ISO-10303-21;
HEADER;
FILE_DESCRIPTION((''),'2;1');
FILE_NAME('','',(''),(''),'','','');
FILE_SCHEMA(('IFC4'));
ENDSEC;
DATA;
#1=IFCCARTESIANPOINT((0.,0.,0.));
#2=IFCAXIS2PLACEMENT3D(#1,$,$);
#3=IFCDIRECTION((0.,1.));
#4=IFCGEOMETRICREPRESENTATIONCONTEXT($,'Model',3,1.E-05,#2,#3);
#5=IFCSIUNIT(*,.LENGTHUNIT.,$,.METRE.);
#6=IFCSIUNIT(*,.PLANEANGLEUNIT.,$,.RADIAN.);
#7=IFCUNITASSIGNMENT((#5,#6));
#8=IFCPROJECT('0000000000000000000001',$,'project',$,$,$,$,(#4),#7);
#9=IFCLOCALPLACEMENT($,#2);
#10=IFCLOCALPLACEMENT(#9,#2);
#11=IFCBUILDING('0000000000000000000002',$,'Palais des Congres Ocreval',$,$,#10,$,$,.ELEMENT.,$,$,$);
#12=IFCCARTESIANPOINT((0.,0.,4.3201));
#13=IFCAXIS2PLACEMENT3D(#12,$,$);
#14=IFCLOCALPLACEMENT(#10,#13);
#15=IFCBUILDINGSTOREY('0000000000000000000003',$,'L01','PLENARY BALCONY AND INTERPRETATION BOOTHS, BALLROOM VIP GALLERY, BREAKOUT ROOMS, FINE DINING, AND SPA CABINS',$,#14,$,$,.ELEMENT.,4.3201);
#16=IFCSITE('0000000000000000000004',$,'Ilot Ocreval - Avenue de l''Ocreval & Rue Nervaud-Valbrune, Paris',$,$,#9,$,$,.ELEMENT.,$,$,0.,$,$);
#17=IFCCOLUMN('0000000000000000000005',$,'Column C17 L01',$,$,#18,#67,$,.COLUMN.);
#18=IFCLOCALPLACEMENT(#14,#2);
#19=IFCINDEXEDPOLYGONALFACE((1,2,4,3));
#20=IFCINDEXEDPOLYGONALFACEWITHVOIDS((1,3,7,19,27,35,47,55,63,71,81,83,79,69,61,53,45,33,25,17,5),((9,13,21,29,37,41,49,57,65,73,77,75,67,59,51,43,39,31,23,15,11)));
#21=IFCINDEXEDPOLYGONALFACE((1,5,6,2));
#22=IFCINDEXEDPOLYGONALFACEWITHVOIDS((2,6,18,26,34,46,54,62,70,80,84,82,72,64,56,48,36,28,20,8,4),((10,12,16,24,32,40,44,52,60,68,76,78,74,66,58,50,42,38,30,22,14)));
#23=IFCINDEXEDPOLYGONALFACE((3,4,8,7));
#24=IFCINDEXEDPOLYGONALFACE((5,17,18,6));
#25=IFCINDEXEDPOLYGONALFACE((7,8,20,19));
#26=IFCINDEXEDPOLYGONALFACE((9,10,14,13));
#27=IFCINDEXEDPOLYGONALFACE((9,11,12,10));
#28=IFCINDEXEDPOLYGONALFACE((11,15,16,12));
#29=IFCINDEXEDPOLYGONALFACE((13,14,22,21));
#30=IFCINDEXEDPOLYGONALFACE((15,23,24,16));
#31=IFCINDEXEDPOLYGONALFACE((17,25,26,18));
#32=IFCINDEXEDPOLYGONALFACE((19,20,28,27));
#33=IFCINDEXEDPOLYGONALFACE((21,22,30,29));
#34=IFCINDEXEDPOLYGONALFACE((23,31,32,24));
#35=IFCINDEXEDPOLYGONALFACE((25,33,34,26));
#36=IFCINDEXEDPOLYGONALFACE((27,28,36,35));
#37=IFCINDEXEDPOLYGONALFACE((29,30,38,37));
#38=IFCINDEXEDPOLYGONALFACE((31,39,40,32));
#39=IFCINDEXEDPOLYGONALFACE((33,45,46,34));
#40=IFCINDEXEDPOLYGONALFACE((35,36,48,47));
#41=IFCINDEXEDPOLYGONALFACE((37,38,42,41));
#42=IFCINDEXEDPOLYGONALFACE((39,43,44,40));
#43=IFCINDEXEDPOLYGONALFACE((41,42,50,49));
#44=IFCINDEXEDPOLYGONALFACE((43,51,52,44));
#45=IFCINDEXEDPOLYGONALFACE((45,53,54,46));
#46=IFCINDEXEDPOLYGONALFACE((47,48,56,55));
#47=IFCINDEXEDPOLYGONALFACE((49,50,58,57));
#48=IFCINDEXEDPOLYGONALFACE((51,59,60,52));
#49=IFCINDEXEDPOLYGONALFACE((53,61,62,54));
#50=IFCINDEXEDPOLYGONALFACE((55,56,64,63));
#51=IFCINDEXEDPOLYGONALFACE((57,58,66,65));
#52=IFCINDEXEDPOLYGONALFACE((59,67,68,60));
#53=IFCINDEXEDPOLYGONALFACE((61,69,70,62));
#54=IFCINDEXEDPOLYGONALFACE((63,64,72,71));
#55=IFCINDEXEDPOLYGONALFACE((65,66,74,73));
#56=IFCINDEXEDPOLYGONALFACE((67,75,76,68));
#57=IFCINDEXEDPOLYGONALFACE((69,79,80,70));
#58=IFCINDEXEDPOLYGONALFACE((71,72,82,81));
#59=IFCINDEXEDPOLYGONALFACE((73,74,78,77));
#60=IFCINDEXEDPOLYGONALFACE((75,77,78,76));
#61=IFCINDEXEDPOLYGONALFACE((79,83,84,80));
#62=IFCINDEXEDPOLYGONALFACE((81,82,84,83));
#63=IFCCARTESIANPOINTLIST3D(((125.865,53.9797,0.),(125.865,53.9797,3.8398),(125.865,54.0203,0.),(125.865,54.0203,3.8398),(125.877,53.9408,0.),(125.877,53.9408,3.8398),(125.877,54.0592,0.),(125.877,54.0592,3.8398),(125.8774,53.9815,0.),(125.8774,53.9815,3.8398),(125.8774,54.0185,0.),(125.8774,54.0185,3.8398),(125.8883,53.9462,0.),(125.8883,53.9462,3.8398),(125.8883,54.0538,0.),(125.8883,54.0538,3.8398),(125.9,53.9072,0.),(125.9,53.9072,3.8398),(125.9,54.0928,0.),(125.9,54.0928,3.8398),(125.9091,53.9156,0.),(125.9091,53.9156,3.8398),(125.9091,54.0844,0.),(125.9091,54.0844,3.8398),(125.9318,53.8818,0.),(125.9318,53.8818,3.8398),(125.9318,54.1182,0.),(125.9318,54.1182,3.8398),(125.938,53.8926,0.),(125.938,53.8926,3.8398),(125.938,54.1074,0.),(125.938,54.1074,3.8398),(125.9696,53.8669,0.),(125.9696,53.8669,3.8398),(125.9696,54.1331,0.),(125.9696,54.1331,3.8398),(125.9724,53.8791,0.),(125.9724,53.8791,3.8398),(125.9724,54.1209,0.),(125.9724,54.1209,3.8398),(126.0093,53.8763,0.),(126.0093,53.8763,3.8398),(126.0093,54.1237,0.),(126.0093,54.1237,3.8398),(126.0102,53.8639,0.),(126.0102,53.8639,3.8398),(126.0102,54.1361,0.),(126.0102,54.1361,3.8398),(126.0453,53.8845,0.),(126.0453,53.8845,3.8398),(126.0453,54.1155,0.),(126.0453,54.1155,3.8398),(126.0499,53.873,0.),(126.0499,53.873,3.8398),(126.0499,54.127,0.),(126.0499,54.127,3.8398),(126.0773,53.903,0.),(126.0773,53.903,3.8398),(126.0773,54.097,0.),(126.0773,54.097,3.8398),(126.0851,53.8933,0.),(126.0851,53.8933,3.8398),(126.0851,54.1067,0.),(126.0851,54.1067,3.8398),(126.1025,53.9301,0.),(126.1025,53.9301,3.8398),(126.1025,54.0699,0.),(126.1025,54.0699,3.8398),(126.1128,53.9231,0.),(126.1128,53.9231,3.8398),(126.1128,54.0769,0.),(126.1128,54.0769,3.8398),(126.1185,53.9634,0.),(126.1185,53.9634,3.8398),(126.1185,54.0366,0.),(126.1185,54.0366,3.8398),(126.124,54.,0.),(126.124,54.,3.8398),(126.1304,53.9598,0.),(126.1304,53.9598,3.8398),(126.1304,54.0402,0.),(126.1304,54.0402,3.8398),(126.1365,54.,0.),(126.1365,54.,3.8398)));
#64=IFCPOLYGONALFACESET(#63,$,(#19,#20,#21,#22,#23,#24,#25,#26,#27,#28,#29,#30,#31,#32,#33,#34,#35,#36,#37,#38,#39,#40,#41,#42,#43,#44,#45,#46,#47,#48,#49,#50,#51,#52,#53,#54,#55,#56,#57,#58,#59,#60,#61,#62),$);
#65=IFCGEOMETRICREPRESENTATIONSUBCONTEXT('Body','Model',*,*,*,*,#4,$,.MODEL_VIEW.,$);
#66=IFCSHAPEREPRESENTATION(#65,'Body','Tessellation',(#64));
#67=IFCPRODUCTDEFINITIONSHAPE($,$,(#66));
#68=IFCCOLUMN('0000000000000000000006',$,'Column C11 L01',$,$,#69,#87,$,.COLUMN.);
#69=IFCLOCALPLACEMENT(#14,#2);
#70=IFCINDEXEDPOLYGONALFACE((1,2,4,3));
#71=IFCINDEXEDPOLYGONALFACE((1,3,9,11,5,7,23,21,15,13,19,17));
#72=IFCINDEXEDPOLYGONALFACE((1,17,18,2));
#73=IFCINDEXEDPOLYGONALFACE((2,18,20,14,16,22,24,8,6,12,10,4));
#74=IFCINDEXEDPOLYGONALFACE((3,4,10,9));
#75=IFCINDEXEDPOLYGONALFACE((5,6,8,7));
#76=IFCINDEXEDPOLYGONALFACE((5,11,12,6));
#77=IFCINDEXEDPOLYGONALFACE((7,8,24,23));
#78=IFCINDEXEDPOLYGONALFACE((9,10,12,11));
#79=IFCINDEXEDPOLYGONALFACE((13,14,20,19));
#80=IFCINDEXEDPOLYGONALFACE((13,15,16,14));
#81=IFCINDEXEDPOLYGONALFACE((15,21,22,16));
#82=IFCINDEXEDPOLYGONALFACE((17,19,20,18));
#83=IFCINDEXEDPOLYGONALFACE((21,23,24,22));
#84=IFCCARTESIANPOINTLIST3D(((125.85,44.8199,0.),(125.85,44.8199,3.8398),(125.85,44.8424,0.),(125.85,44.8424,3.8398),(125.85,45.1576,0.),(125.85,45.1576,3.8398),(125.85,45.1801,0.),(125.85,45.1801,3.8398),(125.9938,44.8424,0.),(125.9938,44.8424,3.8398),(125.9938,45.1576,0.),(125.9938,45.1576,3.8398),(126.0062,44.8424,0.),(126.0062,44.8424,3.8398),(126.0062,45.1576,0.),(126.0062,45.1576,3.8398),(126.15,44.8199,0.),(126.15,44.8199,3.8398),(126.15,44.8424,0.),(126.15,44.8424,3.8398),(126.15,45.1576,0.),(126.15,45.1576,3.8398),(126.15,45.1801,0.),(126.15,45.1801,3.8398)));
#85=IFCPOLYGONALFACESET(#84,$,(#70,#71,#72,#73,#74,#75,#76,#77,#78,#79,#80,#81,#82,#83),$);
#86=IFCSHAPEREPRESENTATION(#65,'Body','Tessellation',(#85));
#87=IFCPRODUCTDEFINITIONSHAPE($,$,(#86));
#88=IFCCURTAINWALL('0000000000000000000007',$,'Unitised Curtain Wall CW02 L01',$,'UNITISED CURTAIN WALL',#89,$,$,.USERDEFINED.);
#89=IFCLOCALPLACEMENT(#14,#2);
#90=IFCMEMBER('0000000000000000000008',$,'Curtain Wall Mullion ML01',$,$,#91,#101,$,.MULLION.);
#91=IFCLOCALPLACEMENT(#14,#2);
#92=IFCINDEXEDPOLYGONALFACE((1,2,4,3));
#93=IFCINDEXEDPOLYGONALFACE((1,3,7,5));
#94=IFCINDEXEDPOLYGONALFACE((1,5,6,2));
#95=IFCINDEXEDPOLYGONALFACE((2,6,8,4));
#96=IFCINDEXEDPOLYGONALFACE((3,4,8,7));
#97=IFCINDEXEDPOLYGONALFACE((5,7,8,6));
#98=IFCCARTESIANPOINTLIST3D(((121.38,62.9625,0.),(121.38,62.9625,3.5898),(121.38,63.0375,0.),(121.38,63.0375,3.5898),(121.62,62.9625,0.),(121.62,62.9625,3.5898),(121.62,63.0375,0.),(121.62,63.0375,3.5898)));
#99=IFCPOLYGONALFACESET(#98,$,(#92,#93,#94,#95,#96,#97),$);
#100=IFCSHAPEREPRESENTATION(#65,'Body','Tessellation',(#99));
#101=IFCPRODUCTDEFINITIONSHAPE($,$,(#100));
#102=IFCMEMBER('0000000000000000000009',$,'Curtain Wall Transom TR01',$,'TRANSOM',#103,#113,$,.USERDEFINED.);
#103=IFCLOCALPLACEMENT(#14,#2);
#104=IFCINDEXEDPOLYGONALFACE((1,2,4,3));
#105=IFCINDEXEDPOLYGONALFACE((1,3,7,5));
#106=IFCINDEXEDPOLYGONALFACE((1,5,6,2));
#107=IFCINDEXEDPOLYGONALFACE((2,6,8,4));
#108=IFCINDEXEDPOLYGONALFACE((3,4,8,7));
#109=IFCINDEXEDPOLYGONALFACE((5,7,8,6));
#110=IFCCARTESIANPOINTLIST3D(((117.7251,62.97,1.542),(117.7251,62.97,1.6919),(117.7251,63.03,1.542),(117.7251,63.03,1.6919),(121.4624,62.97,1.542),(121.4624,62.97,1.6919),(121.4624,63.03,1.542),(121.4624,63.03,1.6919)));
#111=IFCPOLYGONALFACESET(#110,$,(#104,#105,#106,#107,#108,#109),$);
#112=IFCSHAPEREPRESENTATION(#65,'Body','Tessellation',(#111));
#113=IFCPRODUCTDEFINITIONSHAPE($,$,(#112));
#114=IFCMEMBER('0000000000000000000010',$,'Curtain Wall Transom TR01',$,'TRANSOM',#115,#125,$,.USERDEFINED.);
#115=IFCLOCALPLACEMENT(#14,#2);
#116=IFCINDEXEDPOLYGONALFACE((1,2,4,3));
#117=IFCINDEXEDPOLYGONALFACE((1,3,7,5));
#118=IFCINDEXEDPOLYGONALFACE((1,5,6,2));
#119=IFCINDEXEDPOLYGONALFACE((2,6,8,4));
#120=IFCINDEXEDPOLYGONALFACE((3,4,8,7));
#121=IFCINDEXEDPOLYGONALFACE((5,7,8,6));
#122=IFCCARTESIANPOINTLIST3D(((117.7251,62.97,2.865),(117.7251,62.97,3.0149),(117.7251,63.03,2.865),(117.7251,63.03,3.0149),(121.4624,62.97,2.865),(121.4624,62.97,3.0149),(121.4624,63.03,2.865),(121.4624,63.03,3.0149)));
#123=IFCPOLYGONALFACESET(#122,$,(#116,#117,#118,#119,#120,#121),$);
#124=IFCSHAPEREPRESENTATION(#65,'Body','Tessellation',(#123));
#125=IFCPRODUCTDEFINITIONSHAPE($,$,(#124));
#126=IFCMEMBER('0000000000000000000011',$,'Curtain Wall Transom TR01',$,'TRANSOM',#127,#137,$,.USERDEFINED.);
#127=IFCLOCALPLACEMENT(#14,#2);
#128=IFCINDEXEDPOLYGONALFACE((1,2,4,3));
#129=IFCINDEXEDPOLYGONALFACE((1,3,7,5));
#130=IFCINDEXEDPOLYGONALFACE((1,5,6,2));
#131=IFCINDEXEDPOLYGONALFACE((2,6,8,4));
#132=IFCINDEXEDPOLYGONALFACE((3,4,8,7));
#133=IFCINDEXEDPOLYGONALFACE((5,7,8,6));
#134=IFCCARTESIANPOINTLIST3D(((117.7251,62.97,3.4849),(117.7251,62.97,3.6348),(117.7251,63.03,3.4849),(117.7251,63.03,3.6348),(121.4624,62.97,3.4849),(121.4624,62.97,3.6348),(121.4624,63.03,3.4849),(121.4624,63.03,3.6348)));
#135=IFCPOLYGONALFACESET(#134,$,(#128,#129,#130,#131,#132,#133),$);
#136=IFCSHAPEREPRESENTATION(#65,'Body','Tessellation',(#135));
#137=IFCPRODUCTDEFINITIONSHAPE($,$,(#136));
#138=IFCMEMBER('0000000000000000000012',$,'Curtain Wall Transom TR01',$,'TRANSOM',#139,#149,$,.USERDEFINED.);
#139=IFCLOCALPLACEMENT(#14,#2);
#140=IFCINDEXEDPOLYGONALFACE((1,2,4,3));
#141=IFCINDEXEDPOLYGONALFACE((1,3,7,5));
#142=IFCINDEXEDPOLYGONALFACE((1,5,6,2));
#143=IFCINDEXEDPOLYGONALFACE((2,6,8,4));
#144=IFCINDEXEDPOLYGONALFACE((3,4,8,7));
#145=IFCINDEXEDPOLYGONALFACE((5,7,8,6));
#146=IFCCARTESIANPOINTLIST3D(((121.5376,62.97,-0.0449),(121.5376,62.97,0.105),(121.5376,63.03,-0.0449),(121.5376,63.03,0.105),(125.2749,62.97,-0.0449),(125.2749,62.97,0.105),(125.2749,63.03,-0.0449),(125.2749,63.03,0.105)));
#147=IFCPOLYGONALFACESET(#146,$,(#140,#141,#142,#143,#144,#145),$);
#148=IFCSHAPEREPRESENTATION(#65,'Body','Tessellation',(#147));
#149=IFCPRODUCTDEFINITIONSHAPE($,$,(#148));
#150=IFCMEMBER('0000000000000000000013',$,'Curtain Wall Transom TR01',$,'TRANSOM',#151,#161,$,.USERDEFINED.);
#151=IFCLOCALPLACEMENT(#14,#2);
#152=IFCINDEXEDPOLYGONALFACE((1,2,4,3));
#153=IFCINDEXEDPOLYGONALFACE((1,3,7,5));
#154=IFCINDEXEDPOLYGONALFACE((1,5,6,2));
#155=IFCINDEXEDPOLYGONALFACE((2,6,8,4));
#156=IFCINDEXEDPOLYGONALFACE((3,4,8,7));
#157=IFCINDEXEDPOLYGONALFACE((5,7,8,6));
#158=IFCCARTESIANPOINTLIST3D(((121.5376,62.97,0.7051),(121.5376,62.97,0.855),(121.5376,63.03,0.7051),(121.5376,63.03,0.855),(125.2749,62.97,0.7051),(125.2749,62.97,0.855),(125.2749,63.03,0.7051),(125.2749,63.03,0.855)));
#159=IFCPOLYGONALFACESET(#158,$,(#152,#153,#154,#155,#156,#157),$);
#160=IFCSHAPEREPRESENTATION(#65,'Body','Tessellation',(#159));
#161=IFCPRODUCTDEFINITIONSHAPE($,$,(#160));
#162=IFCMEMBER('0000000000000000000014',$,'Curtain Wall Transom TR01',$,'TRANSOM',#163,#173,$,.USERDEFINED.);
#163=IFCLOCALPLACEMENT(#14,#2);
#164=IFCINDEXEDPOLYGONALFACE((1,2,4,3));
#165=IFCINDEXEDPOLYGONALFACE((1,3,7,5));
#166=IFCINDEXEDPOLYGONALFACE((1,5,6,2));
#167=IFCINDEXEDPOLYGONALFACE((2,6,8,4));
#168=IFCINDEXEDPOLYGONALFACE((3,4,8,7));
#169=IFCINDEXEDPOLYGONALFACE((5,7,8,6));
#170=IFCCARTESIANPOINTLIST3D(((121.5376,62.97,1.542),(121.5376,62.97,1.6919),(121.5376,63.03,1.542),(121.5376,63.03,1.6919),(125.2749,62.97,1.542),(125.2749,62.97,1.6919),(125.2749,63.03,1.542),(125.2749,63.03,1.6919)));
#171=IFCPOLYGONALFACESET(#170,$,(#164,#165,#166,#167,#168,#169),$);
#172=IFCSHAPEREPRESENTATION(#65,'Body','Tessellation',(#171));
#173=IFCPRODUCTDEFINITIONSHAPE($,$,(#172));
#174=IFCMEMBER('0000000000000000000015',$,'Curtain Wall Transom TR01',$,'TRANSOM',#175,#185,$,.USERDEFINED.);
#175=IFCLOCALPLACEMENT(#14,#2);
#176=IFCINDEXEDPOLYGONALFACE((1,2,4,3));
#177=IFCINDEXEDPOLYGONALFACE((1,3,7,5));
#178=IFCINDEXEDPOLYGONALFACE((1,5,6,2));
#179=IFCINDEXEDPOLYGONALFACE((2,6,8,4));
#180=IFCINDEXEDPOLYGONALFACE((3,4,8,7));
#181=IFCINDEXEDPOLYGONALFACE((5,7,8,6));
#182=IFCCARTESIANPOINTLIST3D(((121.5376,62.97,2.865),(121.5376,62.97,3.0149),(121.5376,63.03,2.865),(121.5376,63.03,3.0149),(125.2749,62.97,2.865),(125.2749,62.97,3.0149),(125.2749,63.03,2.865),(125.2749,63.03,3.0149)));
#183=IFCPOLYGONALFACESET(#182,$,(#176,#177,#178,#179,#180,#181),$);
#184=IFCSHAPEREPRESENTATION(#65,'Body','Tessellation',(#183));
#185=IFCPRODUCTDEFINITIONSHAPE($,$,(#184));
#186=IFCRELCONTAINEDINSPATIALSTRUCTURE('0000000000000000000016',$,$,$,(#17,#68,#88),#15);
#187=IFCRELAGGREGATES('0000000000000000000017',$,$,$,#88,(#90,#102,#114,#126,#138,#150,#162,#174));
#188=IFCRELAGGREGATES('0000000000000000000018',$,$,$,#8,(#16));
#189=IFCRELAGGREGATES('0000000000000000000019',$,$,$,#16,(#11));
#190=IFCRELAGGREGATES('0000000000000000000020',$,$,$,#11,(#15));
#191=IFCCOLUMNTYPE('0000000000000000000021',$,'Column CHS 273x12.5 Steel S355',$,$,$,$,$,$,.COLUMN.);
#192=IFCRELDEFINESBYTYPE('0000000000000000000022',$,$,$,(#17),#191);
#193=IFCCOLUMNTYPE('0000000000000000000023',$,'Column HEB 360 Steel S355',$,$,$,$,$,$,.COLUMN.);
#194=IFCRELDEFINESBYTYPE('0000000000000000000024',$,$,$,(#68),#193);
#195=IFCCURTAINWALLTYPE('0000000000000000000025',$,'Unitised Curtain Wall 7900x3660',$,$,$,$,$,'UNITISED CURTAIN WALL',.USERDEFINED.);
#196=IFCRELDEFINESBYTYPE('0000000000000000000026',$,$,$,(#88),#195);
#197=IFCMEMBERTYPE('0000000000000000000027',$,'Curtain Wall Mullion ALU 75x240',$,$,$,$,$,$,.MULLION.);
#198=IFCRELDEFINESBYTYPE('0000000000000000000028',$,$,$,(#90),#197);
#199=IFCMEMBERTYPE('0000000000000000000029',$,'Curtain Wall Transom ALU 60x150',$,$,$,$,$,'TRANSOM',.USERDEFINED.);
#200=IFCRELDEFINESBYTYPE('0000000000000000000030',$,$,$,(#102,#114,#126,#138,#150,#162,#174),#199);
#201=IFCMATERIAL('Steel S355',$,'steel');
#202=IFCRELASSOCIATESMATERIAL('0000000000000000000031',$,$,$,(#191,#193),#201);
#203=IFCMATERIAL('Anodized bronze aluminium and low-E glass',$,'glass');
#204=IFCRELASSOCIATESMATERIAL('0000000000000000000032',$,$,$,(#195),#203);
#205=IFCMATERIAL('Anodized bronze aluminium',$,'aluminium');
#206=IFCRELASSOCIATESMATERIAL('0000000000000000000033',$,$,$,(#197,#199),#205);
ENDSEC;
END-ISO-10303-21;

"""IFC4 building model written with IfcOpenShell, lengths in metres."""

from ifc_helpers import new_model, si_unit, direction, frame, origin, origin_2d, place, context, subcontext, project, spatial, rectangle, hollow_circle, i_section, extrude, material, material_profile, profile_set, type_object, element, aggregate, save


model = new_model("IFC4")

# Units and contexts
model_context = context("Model", 3, precision=1e-05, world=origin(), true_north=direction((0.0, 1.0)))
body_context = subcontext(model_context, "Body", "Model", "MODEL_VIEW")
ifc_project = project(units=[si_unit("LENGTHUNIT", "METRE"), si_unit("PLANEANGLEUNIT", "RADIAN")], contexts=[model_context])

# Site, building, storey
site_placement = place(None, origin())
site = spatial("IfcSite", under=ifc_project, at=site_placement, Name="Ilot Ocreval - Avenue de l'Ocreval & Rue Nervaud-Valbrune, Paris", CompositionType="ELEMENT", RefElevation=0.0)
building_placement = place(site_placement, origin())
building = spatial("IfcBuilding", under=site, at=building_placement, Name="Palais des Congres Ocreval", CompositionType="ELEMENT")
storey_placement = place(building_placement, frame((0.0, 0.0, 4.3201)))
storey = spatial("IfcBuildingStorey", under=building, at=storey_placement, Name="L01", Description="PLENARY BALCONY AND INTERPRETATION BOOTHS, BALLROOM VIP GALLERY, BREAKOUT ROOMS, FINE DINING, AND SPA CABINS", CompositionType="ELEMENT", Elevation=4.3201)

# Columns
ifc_material_1 = material(Name="Steel S355", Category="steel")
ifc_material_profile_1 = material_profile(ifc_material_1, hollow_circle(Radius=0.1365, WallThickness=0.0125, at=origin_2d()), Name="CHS 273x12.5")
ifc_profile_set_1 = profile_set([ifc_material_profile_1], Name="Steel S355")
column_type_1 = type_object("IfcColumnType", Name="Column CHS 273x12.5 Steel S355", PredefinedType="COLUMN", material=ifc_profile_set_1)
column_1_placement = place(storey_placement, frame((126.0, 54.0, 0.0), z_axis=(0.0, 0.0, 1.0), x_axis=(1.0, 0.0, 0.0)))
element("IfcColumn", 1, at=column_1_placement, inside=storey, type_object=column_type_1, Name="Column C17 L01", PredefinedType="COLUMN", context=body_context, shape_type="SweptSolid", body=[
    extrude(hollow_circle(Radius=0.1365, WallThickness=0.0125, at=origin_2d()), origin(), (0.0, 0.0, 1.0), 3.8398),
])
ifc_material_profile_2 = material_profile(ifc_material_1, i_section(OverallWidth=0.3, OverallDepth=0.3601, WebThickness=0.0125, FlangeThickness=0.0225, at=origin_2d()), Name="HEB 360")
ifc_profile_set_2 = profile_set([ifc_material_profile_2], Name="Steel S355")
column_type_2 = type_object("IfcColumnType", Name="Column HEB 360 Steel S355", PredefinedType="COLUMN", material=ifc_profile_set_2)
column_2_placement = place(storey_placement, frame((126.0, 45.0, 0.0), z_axis=(0.0, 0.0, 1.0), x_axis=(1.0, 0.0, 0.0)))
element("IfcColumn", 2, at=column_2_placement, inside=storey, type_object=column_type_2, Name="Column C11 L01", PredefinedType="COLUMN", context=body_context, shape_type="SweptSolid", body=[
    extrude(i_section(OverallWidth=0.3, OverallDepth=0.3601, WebThickness=0.0125, FlangeThickness=0.0225, at=origin_2d()), origin(), (0.0, 0.0, 1.0), 3.8398),
])

# Curtain wall, members
ifc_material_2 = material(Name="Anodized bronze aluminium and low-E glass", Category="glass")
curtain_wall_type = type_object("IfcCurtainWallType", Name="Unitised Curtain Wall 7900x3660", ElementType="UNITISED CURTAIN WALL", PredefinedType="USERDEFINED", material=ifc_material_2)
curtain_wall_placement = place(storey_placement, origin())
curtain_wall = element("IfcCurtainWall", 3, at=curtain_wall_placement, inside=storey, type_object=curtain_wall_type, Name="Unitised Curtain Wall CW02 L01", ObjectType="UNITISED CURTAIN WALL", PredefinedType="USERDEFINED")
ifc_material_3 = material(Name="Anodized bronze aluminium", Category="aluminium")
ifc_material_profile_3 = material_profile(ifc_material_3, rectangle(XDim=0.075, YDim=0.24, at=origin_2d()), Name="ALU 75x240")
ifc_profile_set_3 = profile_set([ifc_material_profile_3], Name="Anodized bronze aluminium")
member_type_1 = type_object("IfcMemberType", Name="Curtain Wall Mullion ALU 75x240", PredefinedType="MULLION", material=ifc_profile_set_3)
member_1_placement = place(storey_placement, frame((121.5, 63.0, 0.0), z_axis=(0.0, 0.0, 1.0), x_axis=(0.0, 1.0, 0.0)))
member_1 = element("IfcMember", 4, at=member_1_placement, type_object=member_type_1, Name="Curtain Wall Mullion ML01", PredefinedType="MULLION", context=body_context, shape_type="SweptSolid", body=[
    extrude(rectangle(XDim=0.075, YDim=0.24, at=origin_2d()), origin(), (0.0, 0.0, 1.0), 3.5898),
])
ifc_material_profile_4 = material_profile(ifc_material_3, rectangle(XDim=0.0601, YDim=0.1499, at=origin_2d()), Name="ALU 60x150")
ifc_profile_set_4 = profile_set([ifc_material_profile_4], Name="Anodized bronze aluminium")
member_type_2 = type_object("IfcMemberType", Name="Curtain Wall Transom ALU 60x150", ElementType="TRANSOM", PredefinedType="USERDEFINED", material=ifc_profile_set_4)
member_2_placement = place(storey_placement, frame((117.7251, 63.0, 1.6169), z_axis=(1.0, 0.0, 0.0), x_axis=(0.0, 1.0, 0.0)))
member_2 = element("IfcMember", 5, at=member_2_placement, type_object=member_type_2, Name="Curtain Wall Transom TR01", ObjectType="TRANSOM", PredefinedType="USERDEFINED", context=body_context, shape_type="SweptSolid", body=[
    extrude(rectangle(XDim=0.0601, YDim=0.1499, at=origin_2d()), origin(), (0.0, 0.0, 1.0), 3.7373),
])
member_3_placement = place(storey_placement, frame((117.7251, 63.0, 2.9399), z_axis=(1.0, 0.0, 0.0), x_axis=(0.0, 1.0, 0.0)))
member_3 = element("IfcMember", 6, at=member_3_placement, type_object=member_type_2, Name="Curtain Wall Transom TR01", ObjectType="TRANSOM", PredefinedType="USERDEFINED", context=body_context, shape_type="SweptSolid", body=[
    extrude(rectangle(XDim=0.0601, YDim=0.1499, at=origin_2d()), origin(), (0.0, 0.0, 1.0), 3.7373),
])
member_4_placement = place(storey_placement, frame((117.7251, 63.0, 3.5598), z_axis=(1.0, 0.0, 0.0), x_axis=(0.0, 1.0, 0.0)))
member_4 = element("IfcMember", 7, at=member_4_placement, type_object=member_type_2, Name="Curtain Wall Transom TR01", ObjectType="TRANSOM", PredefinedType="USERDEFINED", context=body_context, shape_type="SweptSolid", body=[
    extrude(rectangle(XDim=0.0601, YDim=0.1499, at=origin_2d()), origin(), (0.0, 0.0, 1.0), 3.7373),
])
member_5_placement = place(storey_placement, frame((121.5376, 63.0, 0.03), z_axis=(1.0, 0.0, 0.0), x_axis=(0.0, 1.0, 0.0)))
member_5 = element("IfcMember", 8, at=member_5_placement, type_object=member_type_2, Name="Curtain Wall Transom TR01", ObjectType="TRANSOM", PredefinedType="USERDEFINED", context=body_context, shape_type="SweptSolid", body=[
    extrude(rectangle(XDim=0.0601, YDim=0.1499, at=origin_2d()), origin(), (0.0, 0.0, 1.0), 3.7373),
])
member_6_placement = place(storey_placement, frame((121.5376, 63.0, 0.78), z_axis=(1.0, 0.0, 0.0), x_axis=(0.0, 1.0, 0.0)))
member_6 = element("IfcMember", 9, at=member_6_placement, type_object=member_type_2, Name="Curtain Wall Transom TR01", ObjectType="TRANSOM", PredefinedType="USERDEFINED", context=body_context, shape_type="SweptSolid", body=[
    extrude(rectangle(XDim=0.0601, YDim=0.1499, at=origin_2d()), origin(), (0.0, 0.0, 1.0), 3.7373),
])
member_7_placement = place(storey_placement, frame((121.5376, 63.0, 1.6169), z_axis=(1.0, 0.0, 0.0), x_axis=(0.0, 1.0, 0.0)))
member_7 = element("IfcMember", 10, at=member_7_placement, type_object=member_type_2, Name="Curtain Wall Transom TR01", ObjectType="TRANSOM", PredefinedType="USERDEFINED", context=body_context, shape_type="SweptSolid", body=[
    extrude(rectangle(XDim=0.0601, YDim=0.1499, at=origin_2d()), origin(), (0.0, 0.0, 1.0), 3.7373),
])
member_8_placement = place(storey_placement, frame((121.5376, 63.0, 2.9399), z_axis=(1.0, 0.0, 0.0), x_axis=(0.0, 1.0, 0.0)))
member_8 = element("IfcMember", 11, at=member_8_placement, type_object=member_type_2, Name="Curtain Wall Transom TR01", ObjectType="TRANSOM", PredefinedType="USERDEFINED", context=body_context, shape_type="SweptSolid", body=[
    extrude(rectangle(XDim=0.0601, YDim=0.1499, at=origin_2d()), origin(), (0.0, 0.0, 1.0), 3.7373),
])

aggregate(curtain_wall, [member_1, member_2, member_3, member_4, member_5, member_6, member_7, member_8])

save(model, "model.ifc")
